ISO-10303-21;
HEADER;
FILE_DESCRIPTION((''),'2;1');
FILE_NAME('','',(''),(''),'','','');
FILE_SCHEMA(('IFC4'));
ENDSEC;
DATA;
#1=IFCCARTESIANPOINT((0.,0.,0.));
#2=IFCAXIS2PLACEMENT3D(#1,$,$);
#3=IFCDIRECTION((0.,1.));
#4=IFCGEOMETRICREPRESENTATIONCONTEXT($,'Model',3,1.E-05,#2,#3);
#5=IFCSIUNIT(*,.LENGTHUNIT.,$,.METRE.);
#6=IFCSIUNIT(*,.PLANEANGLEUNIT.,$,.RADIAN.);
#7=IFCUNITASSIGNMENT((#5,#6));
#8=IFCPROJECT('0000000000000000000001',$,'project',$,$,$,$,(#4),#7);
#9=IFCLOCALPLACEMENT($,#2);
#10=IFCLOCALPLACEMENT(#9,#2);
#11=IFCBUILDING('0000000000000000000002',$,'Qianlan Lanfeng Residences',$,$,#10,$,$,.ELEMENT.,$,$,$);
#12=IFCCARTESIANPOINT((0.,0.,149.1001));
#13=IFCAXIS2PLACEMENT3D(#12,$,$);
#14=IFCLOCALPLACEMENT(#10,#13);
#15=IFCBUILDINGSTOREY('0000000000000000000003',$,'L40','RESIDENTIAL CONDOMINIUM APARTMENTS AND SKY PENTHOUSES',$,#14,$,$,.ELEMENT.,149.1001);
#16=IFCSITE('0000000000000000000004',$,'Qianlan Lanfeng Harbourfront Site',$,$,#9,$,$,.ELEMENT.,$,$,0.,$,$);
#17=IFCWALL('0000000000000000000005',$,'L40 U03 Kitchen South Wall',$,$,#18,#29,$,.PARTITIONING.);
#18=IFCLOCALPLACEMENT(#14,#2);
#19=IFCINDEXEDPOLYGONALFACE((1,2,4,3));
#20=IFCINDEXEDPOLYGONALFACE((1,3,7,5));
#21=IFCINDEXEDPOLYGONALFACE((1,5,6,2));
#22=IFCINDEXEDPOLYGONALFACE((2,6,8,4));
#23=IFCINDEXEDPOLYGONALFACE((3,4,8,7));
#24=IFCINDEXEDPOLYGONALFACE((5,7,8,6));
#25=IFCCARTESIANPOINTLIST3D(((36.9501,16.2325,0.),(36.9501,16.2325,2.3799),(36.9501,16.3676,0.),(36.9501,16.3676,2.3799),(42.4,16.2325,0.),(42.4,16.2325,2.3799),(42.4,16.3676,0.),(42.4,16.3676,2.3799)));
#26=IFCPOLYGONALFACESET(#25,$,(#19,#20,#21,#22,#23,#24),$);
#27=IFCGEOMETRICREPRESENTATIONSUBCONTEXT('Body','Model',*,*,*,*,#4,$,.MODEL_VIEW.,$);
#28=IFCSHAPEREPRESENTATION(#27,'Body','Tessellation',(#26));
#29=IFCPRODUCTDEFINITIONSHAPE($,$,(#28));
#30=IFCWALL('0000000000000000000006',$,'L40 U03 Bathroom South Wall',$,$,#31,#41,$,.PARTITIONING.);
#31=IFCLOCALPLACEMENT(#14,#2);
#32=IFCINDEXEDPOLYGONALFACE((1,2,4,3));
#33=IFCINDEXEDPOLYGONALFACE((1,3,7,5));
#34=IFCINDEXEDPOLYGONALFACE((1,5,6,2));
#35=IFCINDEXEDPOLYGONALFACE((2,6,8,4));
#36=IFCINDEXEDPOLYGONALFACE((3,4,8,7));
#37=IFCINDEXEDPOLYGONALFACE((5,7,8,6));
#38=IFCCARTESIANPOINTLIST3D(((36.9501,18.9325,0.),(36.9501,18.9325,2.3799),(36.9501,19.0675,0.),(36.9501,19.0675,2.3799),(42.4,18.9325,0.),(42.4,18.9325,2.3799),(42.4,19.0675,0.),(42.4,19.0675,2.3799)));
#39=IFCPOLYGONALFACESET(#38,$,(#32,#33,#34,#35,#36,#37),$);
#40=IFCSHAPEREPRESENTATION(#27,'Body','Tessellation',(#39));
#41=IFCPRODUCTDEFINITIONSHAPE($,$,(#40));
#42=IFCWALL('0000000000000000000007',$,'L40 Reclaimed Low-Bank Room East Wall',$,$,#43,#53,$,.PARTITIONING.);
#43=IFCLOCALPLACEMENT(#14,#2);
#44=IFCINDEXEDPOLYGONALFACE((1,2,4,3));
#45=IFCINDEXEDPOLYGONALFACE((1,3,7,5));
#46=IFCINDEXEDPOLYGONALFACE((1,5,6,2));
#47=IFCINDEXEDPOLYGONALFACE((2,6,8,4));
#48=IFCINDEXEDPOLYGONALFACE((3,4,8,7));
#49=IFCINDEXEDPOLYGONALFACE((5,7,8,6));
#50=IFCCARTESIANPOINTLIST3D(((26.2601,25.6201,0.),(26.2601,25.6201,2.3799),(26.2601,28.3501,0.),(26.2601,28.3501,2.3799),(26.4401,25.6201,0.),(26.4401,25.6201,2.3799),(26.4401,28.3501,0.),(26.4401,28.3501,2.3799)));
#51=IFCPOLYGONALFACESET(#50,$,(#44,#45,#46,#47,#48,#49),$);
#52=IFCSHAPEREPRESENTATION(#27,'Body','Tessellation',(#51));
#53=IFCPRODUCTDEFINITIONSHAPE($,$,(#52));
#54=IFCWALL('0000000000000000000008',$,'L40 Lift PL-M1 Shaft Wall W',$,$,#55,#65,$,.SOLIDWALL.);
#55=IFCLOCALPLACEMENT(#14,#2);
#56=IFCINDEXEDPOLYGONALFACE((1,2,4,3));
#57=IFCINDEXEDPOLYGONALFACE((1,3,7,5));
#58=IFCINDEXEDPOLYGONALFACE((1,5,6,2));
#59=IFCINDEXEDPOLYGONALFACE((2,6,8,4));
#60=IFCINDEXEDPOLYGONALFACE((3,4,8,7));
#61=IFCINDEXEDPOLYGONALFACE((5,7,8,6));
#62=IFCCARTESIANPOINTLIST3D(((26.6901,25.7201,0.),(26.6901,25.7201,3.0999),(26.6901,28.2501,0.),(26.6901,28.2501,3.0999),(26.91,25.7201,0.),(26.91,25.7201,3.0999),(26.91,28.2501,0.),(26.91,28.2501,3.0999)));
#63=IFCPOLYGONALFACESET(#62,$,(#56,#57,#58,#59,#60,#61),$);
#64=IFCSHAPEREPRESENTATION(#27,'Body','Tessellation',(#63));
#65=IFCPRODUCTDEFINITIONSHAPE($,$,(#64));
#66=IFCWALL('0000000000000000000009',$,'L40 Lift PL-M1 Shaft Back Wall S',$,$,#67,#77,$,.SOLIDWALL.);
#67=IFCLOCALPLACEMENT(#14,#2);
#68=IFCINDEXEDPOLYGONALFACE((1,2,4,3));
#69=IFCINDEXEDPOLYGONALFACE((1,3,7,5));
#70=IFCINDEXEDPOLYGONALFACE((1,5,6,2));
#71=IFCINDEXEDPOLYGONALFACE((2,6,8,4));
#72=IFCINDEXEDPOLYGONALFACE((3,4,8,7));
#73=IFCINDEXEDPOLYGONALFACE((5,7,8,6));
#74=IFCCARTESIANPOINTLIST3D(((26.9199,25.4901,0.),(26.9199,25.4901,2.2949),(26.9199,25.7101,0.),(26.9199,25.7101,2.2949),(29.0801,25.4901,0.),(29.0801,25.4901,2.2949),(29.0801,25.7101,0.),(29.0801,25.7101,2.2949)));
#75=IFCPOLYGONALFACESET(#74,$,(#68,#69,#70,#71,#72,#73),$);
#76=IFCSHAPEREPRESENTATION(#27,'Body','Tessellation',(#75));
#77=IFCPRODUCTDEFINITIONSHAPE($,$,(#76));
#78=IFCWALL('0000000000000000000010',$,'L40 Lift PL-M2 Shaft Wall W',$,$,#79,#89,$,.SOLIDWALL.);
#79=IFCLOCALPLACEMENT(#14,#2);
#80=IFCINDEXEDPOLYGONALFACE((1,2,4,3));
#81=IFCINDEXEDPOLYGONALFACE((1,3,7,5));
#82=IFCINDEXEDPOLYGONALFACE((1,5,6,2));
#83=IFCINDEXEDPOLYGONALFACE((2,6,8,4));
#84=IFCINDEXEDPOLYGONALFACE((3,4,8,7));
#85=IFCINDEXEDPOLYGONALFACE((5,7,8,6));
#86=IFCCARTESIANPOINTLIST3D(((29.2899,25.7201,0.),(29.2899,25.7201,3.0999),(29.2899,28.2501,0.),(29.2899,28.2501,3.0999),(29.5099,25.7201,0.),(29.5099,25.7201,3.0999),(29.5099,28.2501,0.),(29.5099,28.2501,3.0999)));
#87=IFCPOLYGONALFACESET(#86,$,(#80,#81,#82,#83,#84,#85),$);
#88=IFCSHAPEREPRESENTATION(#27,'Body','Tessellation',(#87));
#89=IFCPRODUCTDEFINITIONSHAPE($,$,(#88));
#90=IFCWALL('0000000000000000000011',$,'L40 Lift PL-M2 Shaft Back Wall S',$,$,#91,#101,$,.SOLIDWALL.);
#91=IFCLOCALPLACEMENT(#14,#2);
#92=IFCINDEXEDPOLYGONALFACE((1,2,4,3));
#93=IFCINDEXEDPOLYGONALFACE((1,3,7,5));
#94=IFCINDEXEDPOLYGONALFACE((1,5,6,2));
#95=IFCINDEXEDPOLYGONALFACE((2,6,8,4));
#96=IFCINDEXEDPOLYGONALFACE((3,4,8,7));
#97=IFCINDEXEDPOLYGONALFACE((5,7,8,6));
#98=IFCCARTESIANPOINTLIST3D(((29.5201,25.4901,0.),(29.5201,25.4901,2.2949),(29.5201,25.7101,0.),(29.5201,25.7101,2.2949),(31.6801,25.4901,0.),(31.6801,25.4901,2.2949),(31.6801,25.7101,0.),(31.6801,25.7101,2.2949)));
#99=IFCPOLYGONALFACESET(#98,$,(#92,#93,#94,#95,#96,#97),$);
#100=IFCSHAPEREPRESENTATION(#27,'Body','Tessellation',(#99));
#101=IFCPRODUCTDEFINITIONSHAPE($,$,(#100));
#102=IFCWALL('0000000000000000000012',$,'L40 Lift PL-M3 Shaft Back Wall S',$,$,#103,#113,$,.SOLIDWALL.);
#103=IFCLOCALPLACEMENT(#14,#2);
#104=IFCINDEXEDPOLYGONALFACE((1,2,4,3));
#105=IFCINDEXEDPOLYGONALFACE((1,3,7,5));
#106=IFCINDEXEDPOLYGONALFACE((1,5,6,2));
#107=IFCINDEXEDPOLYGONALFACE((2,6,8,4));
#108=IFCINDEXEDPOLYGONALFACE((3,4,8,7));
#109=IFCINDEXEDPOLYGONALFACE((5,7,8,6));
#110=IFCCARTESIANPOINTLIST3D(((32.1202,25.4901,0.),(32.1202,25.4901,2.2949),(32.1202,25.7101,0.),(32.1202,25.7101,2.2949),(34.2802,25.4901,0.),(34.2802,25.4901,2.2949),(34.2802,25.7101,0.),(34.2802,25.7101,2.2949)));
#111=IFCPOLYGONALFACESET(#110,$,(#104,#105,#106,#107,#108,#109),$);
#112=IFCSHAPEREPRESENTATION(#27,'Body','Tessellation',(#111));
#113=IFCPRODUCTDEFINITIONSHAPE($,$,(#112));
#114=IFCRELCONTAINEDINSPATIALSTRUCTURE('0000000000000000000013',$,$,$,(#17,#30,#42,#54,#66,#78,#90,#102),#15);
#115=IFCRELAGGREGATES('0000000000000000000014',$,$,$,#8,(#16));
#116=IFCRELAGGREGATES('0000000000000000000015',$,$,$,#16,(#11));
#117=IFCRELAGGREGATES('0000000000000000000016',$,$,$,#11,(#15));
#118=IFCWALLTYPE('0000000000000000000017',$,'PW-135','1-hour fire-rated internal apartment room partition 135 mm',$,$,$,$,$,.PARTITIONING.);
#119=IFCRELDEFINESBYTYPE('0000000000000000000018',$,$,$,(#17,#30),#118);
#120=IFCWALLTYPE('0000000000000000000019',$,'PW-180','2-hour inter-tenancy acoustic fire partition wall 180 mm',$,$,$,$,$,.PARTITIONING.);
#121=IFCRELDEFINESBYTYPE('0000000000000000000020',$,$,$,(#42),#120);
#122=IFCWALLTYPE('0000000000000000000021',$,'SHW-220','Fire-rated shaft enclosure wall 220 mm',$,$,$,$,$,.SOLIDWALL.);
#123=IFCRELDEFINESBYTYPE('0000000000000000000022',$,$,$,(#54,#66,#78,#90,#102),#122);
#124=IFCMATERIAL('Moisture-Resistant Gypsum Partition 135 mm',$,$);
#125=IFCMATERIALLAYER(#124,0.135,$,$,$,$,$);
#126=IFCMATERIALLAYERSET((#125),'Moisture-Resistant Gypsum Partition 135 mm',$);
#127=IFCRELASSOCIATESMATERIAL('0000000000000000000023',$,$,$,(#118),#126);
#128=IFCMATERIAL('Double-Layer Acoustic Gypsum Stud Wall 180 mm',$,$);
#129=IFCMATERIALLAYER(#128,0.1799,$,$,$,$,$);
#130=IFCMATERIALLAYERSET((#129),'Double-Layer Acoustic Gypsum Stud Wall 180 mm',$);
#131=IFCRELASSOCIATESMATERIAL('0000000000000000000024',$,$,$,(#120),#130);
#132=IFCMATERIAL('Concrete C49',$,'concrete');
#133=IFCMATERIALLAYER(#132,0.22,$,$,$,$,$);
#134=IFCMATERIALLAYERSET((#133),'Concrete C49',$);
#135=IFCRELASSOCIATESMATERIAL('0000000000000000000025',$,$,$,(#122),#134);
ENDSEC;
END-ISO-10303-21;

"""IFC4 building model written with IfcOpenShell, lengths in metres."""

from ifc_helpers import new_model, si_unit, direction, frame, frame_2d, origin, place, context, subcontext, project, spatial, rectangle, extrude, material, layer, layer_set, type_object, element, save


model = new_model("IFC4")

# Units and contexts
model_context = context("Model", 3, precision=1e-05, world=origin(), true_north=direction((0.0, 1.0)))
body_context = subcontext(model_context, "Body", "Model", "MODEL_VIEW")
ifc_project = project(units=[si_unit("LENGTHUNIT", "METRE"), si_unit("PLANEANGLEUNIT", "RADIAN")], contexts=[model_context])

# Site, building, storey
site_placement = place(None, origin())
site = spatial("IfcSite", under=ifc_project, at=site_placement, Name="Qianlan Lanfeng Harbourfront Site", CompositionType="ELEMENT", RefElevation=0.0)
building_placement = place(site_placement, origin())
building = spatial("IfcBuilding", under=site, at=building_placement, Name="Qianlan Lanfeng Residences", CompositionType="ELEMENT")
storey_placement = place(building_placement, frame((0.0, 0.0, 149.1001)))
storey = spatial("IfcBuildingStorey", under=building, at=storey_placement, Name="L40", Description="RESIDENTIAL CONDOMINIUM APARTMENTS AND SKY PENTHOUSES", CompositionType="ELEMENT", Elevation=149.1001)

# Shared definitions
ifc_material_1 = material(Name="Concrete C49", Category="concrete")

# Walls
ifc_material_2 = material(Name="Moisture-Resistant Gypsum Partition 135 mm")
ifc_layer_1 = layer(ifc_material_2, 0.135)
ifc_layer_set_1 = layer_set([ifc_layer_1], Name="Moisture-Resistant Gypsum Partition 135 mm")
wall_type_1 = type_object("IfcWallType", Name="PW-135", Description="1-hour fire-rated internal apartment room partition 135 mm", PredefinedType="PARTITIONING", material=ifc_layer_set_1)
for number, where, z_axis, x_axis, name in (
    (1, (36.95, 16.3, 0.0), (0.0, 0.0, 1.0), (1.0, 0.0, 0.0), "L40 U03 Kitchen South Wall"),
    (2, (36.95, 19.0, 0.0), (0.0, 0.0, 1.0), (1.0, 0.0, 0.0), "L40 U03 Bathroom South Wall"),
):
    element("IfcWall", number, at=place(storey_placement, frame(where, z_axis=z_axis, x_axis=x_axis)), inside=storey, type_object=wall_type_1, Name=name, PredefinedType="PARTITIONING", context=body_context, shape_type="SweptSolid", body=[
        extrude(rectangle(XDim=5.45, YDim=0.135, at=frame_2d((2.7251, 0.0))), origin(), (0.0, 0.0, 1.0), 2.3799),
    ])

# Shared definitions
ifc_material_3 = material(Name="Double-Layer Acoustic Gypsum Stud Wall 180 mm")
ifc_layer_2 = layer(ifc_material_3, 0.1799)
ifc_layer_set_2 = layer_set([ifc_layer_2], Name="Double-Layer Acoustic Gypsum Stud Wall 180 mm")
wall_type_2 = type_object("IfcWallType", Name="PW-180", Description="2-hour inter-tenancy acoustic fire partition wall 180 mm", PredefinedType="PARTITIONING", material=ifc_layer_set_2)

# Walls
wall_1_placement = place(storey_placement, frame((26.3501, 25.6201, 0.0), z_axis=(0.0, 0.0, 1.0), x_axis=(0.0, 1.0, 0.0)))
element("IfcWall", 3, at=wall_1_placement, inside=storey, type_object=wall_type_2, Name="L40 Reclaimed Low-Bank Room East Wall", PredefinedType="PARTITIONING", context=body_context, shape_type="SweptSolid", body=[
    extrude(rectangle(XDim=2.73, YDim=0.1799, at=frame_2d((1.365, 0.0))), origin(), (0.0, 0.0, 1.0), 2.3799),
])
ifc_layer_3 = layer(ifc_material_1, 0.22)
ifc_layer_set_3 = layer_set([ifc_layer_3], Name="Concrete C49")
wall_type_3 = type_object("IfcWallType", Name="SHW-220", Description="Fire-rated shaft enclosure wall 220 mm", PredefinedType="SOLIDWALL", material=ifc_layer_set_3)
wall_2_placement = place(storey_placement, frame((26.8, 25.72, 0.0), z_axis=(0.0, 0.0, 1.0), x_axis=(0.0, 1.0, 0.0)))
element("IfcWall", 4, at=wall_2_placement, inside=storey, type_object=wall_type_3, Name="L40 Lift PL-M1 Shaft Wall W", PredefinedType="SOLIDWALL", context=body_context, shape_type="SweptSolid", body=[
    extrude(rectangle(XDim=2.53, YDim=0.22, at=frame_2d((1.2651, 0.0))), origin(), (0.0, 0.0, 1.0), 3.0999),
])
wall_3_placement = place(storey_placement, frame((26.9199, 25.6001, 0.0), z_axis=(0.0, 0.0, 1.0), x_axis=(1.0, 0.0, 0.0)))
element("IfcWall", 5, at=wall_3_placement, inside=storey, type_object=wall_type_3, Name="L40 Lift PL-M1 Shaft Back Wall S", PredefinedType="SOLIDWALL", context=body_context, shape_type="SweptSolid", body=[
    extrude(rectangle(XDim=2.1602, YDim=0.22, at=frame_2d((1.0801, 0.0))), origin(), (0.0, 0.0, 1.0), 2.2949),
])
wall_4_placement = place(storey_placement, frame((29.3999, 25.72, 0.0), z_axis=(0.0, 0.0, 1.0), x_axis=(0.0, 1.0, 0.0)))
element("IfcWall", 6, at=wall_4_placement, inside=storey, type_object=wall_type_3, Name="L40 Lift PL-M2 Shaft Wall W", PredefinedType="SOLIDWALL", context=body_context, shape_type="SweptSolid", body=[
    extrude(rectangle(XDim=2.53, YDim=0.22, at=frame_2d((1.2651, 0.0))), origin(), (0.0, 0.0, 1.0), 3.0999),
])
for number, where, z_axis, x_axis, name in (
    (7, (29.52, 25.6001, 0.0), (0.0, 0.0, 1.0), (1.0, 0.0, 0.0), "L40 Lift PL-M2 Shaft Back Wall S"),
    (8, (32.1201, 25.6001, 0.0), (0.0, 0.0, 1.0), (1.0, 0.0, 0.0), "L40 Lift PL-M3 Shaft Back Wall S"),
):
    element("IfcWall", number, at=place(storey_placement, frame(where, z_axis=z_axis, x_axis=x_axis)), inside=storey, type_object=wall_type_3, Name=name, PredefinedType="SOLIDWALL", context=body_context, shape_type="SweptSolid", body=[
        extrude(rectangle(XDim=2.1599, YDim=0.22, at=frame_2d((1.0801, 0.0))), origin(), (0.0, 0.0, 1.0), 2.2949),
    ])

save(model, "model.ifc")
